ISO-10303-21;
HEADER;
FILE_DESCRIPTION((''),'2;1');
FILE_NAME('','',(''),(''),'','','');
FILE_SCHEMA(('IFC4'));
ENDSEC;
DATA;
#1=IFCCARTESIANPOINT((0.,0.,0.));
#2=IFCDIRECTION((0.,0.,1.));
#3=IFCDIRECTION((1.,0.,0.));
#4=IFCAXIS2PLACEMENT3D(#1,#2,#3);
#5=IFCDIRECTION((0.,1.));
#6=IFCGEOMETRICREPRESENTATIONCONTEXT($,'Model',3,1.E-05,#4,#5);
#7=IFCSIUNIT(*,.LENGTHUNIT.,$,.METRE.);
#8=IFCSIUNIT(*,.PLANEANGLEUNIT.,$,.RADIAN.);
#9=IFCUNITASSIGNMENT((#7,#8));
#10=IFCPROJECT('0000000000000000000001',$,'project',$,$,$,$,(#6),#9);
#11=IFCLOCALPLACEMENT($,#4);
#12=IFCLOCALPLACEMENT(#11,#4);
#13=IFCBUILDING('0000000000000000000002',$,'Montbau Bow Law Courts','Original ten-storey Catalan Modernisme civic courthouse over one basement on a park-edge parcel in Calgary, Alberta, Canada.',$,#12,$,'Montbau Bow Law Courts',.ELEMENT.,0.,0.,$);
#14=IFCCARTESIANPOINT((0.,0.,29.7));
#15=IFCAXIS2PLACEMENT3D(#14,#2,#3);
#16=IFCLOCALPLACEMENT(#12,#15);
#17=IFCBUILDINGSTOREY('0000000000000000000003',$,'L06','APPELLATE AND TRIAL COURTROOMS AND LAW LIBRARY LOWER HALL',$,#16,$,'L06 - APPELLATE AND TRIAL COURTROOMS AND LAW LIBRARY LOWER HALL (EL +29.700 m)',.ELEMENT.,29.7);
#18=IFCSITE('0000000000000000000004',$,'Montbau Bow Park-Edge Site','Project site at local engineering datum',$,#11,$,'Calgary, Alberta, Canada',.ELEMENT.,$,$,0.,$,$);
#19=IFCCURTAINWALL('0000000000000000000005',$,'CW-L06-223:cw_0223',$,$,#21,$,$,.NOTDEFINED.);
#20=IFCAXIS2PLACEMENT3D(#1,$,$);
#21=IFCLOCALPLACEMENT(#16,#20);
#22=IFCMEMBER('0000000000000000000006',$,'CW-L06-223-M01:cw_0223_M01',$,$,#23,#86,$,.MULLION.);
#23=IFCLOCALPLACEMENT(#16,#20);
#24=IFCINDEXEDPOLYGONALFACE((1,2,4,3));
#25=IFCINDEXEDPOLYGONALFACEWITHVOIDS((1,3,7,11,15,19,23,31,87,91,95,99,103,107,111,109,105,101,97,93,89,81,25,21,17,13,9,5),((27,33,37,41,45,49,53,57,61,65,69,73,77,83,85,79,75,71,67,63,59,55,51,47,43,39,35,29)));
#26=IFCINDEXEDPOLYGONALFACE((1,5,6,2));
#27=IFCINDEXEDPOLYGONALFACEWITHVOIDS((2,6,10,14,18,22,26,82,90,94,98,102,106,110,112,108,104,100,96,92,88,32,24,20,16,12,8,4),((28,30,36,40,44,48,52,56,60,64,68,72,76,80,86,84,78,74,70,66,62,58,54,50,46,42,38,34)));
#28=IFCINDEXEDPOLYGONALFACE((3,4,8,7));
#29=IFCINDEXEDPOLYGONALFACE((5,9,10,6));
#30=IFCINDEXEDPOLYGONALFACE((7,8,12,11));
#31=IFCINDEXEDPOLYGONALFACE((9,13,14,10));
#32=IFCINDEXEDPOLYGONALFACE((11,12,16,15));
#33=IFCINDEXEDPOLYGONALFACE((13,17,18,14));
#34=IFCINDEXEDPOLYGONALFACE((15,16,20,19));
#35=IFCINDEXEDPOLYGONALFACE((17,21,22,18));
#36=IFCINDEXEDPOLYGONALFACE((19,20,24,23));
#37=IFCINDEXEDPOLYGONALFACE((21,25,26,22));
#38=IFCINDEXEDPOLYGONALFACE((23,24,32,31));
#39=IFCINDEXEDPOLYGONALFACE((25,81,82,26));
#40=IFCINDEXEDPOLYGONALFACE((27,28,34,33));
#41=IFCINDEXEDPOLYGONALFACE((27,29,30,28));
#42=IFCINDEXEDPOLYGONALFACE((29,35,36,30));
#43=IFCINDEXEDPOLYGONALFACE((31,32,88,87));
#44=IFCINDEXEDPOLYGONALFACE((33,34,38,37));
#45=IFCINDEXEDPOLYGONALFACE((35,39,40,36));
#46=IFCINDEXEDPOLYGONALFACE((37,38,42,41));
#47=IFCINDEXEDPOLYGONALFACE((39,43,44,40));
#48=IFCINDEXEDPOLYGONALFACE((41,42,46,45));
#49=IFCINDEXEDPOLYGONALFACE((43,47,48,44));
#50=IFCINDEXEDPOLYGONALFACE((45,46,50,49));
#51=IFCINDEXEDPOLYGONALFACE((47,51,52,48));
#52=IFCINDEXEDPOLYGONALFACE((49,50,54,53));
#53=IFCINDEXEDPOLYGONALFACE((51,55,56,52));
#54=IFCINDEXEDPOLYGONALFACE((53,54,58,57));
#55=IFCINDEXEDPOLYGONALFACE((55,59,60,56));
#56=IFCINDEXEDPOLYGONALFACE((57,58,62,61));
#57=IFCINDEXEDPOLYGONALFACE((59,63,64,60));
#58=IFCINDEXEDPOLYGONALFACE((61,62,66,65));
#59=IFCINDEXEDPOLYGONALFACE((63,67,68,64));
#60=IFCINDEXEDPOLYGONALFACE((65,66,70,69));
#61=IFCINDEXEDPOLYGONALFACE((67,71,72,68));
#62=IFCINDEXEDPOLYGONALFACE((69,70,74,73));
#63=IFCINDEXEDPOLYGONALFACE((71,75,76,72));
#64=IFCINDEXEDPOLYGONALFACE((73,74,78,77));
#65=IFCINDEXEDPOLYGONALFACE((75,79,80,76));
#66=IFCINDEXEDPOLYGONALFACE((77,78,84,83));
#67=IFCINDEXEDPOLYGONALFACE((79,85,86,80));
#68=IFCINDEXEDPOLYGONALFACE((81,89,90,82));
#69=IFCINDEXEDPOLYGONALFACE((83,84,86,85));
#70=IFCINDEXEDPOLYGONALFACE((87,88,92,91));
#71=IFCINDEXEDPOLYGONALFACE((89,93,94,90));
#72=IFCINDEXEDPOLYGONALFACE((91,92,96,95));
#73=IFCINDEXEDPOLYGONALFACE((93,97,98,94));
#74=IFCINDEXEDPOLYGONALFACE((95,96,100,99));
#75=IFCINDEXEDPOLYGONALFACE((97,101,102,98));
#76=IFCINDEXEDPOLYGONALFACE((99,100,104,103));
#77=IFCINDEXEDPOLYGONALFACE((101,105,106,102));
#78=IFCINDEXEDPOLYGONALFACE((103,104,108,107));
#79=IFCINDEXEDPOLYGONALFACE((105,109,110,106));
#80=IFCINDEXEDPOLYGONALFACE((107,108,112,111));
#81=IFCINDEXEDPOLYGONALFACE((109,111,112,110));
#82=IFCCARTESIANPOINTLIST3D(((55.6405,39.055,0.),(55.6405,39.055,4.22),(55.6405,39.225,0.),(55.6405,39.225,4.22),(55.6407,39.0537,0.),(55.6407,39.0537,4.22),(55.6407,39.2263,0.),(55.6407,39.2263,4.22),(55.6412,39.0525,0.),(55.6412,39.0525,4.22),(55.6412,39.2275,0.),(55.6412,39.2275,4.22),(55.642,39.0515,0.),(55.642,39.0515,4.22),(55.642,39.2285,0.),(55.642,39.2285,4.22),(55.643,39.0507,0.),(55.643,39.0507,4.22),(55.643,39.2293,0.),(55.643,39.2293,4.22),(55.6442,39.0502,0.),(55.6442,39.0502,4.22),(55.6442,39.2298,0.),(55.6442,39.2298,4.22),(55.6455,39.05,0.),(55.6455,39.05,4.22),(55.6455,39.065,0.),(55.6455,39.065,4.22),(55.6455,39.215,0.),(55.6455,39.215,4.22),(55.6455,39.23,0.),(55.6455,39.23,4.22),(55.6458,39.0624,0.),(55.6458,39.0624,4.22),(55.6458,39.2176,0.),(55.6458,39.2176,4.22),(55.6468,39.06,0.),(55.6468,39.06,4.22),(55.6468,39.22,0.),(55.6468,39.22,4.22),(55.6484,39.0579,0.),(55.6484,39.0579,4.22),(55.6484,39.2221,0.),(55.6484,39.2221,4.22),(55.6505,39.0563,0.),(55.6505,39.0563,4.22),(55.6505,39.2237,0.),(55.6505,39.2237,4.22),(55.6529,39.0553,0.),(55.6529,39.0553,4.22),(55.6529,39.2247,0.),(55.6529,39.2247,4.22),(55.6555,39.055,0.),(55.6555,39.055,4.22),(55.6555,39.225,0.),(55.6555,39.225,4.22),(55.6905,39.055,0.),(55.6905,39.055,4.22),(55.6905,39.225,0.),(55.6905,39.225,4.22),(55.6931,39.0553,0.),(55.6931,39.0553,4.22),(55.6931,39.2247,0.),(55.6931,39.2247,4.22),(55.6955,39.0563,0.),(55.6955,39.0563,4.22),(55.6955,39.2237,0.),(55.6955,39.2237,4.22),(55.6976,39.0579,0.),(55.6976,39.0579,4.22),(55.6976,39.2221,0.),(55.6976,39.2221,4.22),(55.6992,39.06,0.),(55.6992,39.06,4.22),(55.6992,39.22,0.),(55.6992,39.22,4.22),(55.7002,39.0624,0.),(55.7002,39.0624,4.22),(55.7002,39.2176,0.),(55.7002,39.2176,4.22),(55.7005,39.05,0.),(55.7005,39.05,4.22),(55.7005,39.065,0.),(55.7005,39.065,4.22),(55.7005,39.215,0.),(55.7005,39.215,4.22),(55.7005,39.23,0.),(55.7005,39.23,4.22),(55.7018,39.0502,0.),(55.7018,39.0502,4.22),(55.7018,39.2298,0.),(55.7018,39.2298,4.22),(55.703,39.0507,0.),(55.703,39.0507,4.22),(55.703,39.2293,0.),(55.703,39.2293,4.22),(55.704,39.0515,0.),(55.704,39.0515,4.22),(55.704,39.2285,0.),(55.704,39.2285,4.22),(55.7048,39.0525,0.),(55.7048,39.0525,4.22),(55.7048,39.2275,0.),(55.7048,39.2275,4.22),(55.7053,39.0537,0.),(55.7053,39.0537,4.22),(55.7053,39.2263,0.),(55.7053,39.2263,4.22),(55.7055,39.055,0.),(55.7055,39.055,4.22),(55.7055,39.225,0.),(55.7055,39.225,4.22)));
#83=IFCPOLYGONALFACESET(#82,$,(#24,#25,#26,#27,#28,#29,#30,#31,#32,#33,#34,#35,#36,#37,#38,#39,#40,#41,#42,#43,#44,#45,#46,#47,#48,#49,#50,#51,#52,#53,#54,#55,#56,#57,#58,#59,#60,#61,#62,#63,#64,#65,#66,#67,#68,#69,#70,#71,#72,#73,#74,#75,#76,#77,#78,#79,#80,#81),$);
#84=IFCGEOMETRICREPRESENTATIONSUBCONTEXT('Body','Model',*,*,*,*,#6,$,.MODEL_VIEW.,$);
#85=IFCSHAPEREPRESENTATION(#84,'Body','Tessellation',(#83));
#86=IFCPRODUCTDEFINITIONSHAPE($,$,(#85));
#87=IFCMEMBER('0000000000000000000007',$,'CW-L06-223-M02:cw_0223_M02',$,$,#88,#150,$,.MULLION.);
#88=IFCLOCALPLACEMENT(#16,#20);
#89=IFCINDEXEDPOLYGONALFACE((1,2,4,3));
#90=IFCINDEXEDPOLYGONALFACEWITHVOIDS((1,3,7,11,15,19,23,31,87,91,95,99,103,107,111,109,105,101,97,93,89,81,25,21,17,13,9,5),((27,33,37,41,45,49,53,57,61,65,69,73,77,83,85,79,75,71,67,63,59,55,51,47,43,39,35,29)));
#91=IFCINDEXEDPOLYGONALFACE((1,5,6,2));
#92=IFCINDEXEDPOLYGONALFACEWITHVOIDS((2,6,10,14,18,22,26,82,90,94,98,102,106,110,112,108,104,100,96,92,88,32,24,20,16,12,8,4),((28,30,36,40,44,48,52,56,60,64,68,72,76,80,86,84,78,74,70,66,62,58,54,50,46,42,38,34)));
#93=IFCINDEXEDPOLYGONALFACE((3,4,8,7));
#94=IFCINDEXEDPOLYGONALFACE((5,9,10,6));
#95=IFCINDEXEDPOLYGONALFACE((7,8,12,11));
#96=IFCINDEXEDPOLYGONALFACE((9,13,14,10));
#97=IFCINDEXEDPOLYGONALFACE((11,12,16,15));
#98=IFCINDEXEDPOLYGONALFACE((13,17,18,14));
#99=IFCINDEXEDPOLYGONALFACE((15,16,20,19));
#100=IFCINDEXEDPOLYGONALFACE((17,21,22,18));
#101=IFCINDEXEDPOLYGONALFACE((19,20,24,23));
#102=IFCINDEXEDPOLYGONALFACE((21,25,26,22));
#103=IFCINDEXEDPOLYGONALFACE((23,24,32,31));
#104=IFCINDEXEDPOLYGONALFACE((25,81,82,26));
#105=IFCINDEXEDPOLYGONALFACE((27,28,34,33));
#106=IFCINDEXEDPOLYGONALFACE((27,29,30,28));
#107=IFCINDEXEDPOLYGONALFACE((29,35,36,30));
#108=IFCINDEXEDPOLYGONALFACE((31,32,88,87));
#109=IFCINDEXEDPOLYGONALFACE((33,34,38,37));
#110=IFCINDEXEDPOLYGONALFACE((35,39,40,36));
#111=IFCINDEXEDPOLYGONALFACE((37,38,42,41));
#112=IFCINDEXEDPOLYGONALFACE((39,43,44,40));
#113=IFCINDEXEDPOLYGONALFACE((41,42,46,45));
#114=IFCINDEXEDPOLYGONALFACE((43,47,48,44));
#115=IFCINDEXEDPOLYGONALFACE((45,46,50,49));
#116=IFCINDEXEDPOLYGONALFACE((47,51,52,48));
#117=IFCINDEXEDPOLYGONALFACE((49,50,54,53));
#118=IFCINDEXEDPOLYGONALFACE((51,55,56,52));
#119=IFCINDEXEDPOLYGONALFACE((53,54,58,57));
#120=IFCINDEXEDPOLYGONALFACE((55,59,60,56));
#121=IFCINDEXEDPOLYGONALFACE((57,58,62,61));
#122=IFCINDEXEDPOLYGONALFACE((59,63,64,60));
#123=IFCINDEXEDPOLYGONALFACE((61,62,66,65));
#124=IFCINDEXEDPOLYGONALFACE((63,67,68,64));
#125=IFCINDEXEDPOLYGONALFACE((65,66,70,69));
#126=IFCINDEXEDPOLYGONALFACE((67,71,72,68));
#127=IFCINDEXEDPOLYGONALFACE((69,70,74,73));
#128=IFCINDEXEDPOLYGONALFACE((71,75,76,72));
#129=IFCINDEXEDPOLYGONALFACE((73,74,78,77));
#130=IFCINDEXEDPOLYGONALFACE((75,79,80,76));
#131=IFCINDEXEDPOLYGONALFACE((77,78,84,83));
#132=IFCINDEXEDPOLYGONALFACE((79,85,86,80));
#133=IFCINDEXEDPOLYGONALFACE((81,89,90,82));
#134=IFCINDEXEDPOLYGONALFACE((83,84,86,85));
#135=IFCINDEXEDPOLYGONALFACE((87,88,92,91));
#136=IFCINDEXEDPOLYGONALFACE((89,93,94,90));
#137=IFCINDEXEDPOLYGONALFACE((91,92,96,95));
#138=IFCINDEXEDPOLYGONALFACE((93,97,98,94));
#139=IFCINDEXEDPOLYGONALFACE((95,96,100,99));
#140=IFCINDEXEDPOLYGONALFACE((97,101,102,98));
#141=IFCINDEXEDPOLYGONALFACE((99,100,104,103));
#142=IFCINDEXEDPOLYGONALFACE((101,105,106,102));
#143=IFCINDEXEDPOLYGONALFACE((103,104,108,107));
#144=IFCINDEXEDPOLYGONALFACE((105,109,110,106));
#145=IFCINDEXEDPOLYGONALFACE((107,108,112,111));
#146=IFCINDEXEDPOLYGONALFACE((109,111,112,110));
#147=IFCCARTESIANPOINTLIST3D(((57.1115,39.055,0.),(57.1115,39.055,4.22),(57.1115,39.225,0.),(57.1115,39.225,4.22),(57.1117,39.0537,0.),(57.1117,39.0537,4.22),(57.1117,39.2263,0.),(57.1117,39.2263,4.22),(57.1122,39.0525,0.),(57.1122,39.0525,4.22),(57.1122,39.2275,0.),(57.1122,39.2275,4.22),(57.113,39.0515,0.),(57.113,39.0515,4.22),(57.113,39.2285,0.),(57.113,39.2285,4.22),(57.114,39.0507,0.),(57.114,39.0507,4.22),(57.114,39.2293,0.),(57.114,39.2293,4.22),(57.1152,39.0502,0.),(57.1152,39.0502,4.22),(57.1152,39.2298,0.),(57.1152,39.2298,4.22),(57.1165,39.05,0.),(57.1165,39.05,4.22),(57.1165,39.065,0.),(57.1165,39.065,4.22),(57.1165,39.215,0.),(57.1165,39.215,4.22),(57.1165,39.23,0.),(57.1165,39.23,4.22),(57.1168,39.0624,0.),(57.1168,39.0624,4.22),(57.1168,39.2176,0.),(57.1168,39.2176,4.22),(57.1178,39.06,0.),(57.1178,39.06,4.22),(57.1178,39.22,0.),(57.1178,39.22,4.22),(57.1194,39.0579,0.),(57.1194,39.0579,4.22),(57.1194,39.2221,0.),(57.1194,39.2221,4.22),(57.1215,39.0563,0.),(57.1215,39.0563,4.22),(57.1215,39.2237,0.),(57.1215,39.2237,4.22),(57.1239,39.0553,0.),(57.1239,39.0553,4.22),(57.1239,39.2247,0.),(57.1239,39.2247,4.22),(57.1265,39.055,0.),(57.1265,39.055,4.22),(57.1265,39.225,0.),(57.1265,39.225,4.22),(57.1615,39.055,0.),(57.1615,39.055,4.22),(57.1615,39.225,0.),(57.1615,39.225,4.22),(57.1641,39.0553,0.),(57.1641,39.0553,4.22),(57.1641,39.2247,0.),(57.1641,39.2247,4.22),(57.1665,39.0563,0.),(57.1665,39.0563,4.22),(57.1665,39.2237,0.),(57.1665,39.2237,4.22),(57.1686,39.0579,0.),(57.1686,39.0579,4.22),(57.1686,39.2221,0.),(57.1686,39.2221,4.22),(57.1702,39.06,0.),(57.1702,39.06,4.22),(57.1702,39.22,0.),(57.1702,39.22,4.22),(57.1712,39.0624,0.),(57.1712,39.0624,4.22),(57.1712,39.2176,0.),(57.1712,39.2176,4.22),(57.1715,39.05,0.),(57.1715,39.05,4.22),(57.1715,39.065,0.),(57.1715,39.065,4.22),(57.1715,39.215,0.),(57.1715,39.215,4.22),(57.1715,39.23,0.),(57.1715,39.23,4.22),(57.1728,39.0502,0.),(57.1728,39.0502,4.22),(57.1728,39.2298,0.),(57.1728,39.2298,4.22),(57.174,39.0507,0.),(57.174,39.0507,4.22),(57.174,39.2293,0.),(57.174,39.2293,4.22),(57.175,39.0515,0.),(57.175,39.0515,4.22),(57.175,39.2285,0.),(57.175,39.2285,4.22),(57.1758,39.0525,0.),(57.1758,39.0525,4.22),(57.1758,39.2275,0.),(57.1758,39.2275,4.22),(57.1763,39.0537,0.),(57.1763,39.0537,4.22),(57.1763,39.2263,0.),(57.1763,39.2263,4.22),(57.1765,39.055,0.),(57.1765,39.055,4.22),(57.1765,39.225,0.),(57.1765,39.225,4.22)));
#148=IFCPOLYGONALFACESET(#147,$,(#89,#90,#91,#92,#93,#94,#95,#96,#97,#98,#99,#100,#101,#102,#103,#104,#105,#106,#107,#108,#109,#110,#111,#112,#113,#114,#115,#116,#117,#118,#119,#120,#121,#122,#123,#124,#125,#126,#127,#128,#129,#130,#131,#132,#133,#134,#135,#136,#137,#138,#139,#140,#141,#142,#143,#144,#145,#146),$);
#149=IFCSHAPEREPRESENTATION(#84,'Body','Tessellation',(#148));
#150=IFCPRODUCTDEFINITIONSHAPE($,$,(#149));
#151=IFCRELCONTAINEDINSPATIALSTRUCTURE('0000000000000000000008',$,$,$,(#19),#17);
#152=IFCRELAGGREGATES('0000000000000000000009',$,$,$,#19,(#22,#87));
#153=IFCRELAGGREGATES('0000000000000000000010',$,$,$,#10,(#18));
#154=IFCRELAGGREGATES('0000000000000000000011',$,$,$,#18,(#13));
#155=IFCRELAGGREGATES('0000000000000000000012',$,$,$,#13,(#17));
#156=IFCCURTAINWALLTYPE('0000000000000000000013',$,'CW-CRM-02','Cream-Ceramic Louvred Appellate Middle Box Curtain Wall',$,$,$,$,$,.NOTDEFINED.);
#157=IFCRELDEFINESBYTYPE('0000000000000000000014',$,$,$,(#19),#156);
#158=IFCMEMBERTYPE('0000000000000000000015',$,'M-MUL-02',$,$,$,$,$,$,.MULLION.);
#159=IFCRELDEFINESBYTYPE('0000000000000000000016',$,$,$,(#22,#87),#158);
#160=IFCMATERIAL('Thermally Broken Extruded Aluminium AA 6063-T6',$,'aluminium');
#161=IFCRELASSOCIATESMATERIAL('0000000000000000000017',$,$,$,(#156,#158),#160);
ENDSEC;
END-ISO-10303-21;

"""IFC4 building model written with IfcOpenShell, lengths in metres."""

from ifc_helpers import new_model, si_unit, direction, frame, origin_with_axes, origin_2d_with_axis, place, context, subcontext, project, spatial, hollow_rectangle, extrude, material, material_profile, profile_set, type_object, element, aggregate, save


model = new_model("IFC4")

# Units and contexts
model_context = context("Model", 3, precision=1e-05, world=origin_with_axes(), true_north=direction((0.0, 1.0)))
body_context = subcontext(model_context, "Body", "Model", "MODEL_VIEW")
ifc_project = project(units=[si_unit("LENGTHUNIT", "METRE"), si_unit("PLANEANGLEUNIT", "RADIAN")], contexts=[model_context])

# Site, building, storey
site_placement = place(None, origin_with_axes())
site = spatial("IfcSite", under=ifc_project, at=site_placement, Name="Montbau Bow Park-Edge Site", Description="Project site at local engineering datum", LongName="Calgary, Alberta, Canada", CompositionType="ELEMENT", RefElevation=0.0)
building_placement = place(site_placement, origin_with_axes())
building = spatial("IfcBuilding", under=site, at=building_placement, Name="Montbau Bow Law Courts", Description="Original ten-storey Catalan Modernisme civic courthouse over one basement on a park-edge parcel in Calgary, Alberta, Canada.", LongName="Montbau Bow Law Courts", CompositionType="ELEMENT", ElevationOfRefHeight=0.0, ElevationOfTerrain=0.0)
storey_placement = place(building_placement, frame((0.0, 0.0, 29.7), z_axis=(0.0, 0.0, 1.0), x_axis=(1.0, 0.0, 0.0)))
storey = spatial("IfcBuildingStorey", under=building, at=storey_placement, Name="L06", Description="APPELLATE AND TRIAL COURTROOMS AND LAW LIBRARY LOWER HALL", LongName="L06 - APPELLATE AND TRIAL COURTROOMS AND LAW LIBRARY LOWER HALL (EL +29.700 m)", CompositionType="ELEMENT", Elevation=29.7)

# Curtain wall, members
ifc_material_1 = material(Name="Thermally Broken Extruded Aluminium AA 6063-T6", Category="aluminium")
curtain_wall_type = type_object("IfcCurtainWallType", Name="CW-CRM-02", Description="Cream-Ceramic Louvred Appellate Middle Box Curtain Wall", PredefinedType="NOTDEFINED", material=ifc_material_1)
curtain_wall_placement = place(None, frame((55.64, 39.14, 29.7), z_axis=(0.0, 0.0, 1.0), x_axis=(1.0, 0.0, 0.0)))
curtain_wall = element("IfcCurtainWall", 1, at=curtain_wall_placement, inside=storey, type_object=curtain_wall_type, Name="CW-L06-223:cw_0223", PredefinedType="NOTDEFINED")
ifc_material_profile_1 = material_profile(ifc_material_1, hollow_rectangle(XDim=0.065, YDim=0.18, WallThickness=0.005, InnerFilletRadius=0.01, OuterFilletRadius=0.005, at=origin_2d_with_axis()), Name="CWM-180X65", Category="Main", Priority=0)
ifc_profile_set_1 = profile_set([ifc_material_profile_1], Name="Thermally Broken Extruded Aluminium AA 6063-T6")
member_type_1 = type_object("IfcMemberType", Name="M-MUL-02", PredefinedType="MULLION", material=ifc_profile_set_1)
member_1_placement = place(None, frame((55.673, 39.14, 29.7), z_axis=(0.0, 0.0, 1.0), x_axis=(1.0, 0.0, 0.0)))
member_1 = element("IfcMember", 2, at=member_1_placement, type_object=member_type_1, Name="CW-L06-223-M01:cw_0223_M01", PredefinedType="MULLION", context=body_context, shape_type="SweptSolid", body=[
    extrude(hollow_rectangle(XDim=0.065, YDim=0.18, WallThickness=0.005, InnerFilletRadius=0.01, OuterFilletRadius=0.005, at=origin_2d_with_axis()), origin_with_axes(), (0.0, 0.0, 1.0), 4.22),
])
member_2_placement = place(None, frame((57.144, 39.14, 29.7), z_axis=(0.0, 0.0, 1.0), x_axis=(1.0, 0.0, 0.0)))
member_2 = element("IfcMember", 3, at=member_2_placement, type_object=member_type_1, Name="CW-L06-223-M02:cw_0223_M02", PredefinedType="MULLION", context=body_context, shape_type="SweptSolid", body=[
    extrude(hollow_rectangle(XDim=0.065, YDim=0.18, WallThickness=0.005, InnerFilletRadius=0.01, OuterFilletRadius=0.005, at=origin_2d_with_axis()), origin_with_axes(), (0.0, 0.0, 1.0), 4.22),
])
aggregate(curtain_wall, [member_1, member_2])

save(model, "model.ifc")
